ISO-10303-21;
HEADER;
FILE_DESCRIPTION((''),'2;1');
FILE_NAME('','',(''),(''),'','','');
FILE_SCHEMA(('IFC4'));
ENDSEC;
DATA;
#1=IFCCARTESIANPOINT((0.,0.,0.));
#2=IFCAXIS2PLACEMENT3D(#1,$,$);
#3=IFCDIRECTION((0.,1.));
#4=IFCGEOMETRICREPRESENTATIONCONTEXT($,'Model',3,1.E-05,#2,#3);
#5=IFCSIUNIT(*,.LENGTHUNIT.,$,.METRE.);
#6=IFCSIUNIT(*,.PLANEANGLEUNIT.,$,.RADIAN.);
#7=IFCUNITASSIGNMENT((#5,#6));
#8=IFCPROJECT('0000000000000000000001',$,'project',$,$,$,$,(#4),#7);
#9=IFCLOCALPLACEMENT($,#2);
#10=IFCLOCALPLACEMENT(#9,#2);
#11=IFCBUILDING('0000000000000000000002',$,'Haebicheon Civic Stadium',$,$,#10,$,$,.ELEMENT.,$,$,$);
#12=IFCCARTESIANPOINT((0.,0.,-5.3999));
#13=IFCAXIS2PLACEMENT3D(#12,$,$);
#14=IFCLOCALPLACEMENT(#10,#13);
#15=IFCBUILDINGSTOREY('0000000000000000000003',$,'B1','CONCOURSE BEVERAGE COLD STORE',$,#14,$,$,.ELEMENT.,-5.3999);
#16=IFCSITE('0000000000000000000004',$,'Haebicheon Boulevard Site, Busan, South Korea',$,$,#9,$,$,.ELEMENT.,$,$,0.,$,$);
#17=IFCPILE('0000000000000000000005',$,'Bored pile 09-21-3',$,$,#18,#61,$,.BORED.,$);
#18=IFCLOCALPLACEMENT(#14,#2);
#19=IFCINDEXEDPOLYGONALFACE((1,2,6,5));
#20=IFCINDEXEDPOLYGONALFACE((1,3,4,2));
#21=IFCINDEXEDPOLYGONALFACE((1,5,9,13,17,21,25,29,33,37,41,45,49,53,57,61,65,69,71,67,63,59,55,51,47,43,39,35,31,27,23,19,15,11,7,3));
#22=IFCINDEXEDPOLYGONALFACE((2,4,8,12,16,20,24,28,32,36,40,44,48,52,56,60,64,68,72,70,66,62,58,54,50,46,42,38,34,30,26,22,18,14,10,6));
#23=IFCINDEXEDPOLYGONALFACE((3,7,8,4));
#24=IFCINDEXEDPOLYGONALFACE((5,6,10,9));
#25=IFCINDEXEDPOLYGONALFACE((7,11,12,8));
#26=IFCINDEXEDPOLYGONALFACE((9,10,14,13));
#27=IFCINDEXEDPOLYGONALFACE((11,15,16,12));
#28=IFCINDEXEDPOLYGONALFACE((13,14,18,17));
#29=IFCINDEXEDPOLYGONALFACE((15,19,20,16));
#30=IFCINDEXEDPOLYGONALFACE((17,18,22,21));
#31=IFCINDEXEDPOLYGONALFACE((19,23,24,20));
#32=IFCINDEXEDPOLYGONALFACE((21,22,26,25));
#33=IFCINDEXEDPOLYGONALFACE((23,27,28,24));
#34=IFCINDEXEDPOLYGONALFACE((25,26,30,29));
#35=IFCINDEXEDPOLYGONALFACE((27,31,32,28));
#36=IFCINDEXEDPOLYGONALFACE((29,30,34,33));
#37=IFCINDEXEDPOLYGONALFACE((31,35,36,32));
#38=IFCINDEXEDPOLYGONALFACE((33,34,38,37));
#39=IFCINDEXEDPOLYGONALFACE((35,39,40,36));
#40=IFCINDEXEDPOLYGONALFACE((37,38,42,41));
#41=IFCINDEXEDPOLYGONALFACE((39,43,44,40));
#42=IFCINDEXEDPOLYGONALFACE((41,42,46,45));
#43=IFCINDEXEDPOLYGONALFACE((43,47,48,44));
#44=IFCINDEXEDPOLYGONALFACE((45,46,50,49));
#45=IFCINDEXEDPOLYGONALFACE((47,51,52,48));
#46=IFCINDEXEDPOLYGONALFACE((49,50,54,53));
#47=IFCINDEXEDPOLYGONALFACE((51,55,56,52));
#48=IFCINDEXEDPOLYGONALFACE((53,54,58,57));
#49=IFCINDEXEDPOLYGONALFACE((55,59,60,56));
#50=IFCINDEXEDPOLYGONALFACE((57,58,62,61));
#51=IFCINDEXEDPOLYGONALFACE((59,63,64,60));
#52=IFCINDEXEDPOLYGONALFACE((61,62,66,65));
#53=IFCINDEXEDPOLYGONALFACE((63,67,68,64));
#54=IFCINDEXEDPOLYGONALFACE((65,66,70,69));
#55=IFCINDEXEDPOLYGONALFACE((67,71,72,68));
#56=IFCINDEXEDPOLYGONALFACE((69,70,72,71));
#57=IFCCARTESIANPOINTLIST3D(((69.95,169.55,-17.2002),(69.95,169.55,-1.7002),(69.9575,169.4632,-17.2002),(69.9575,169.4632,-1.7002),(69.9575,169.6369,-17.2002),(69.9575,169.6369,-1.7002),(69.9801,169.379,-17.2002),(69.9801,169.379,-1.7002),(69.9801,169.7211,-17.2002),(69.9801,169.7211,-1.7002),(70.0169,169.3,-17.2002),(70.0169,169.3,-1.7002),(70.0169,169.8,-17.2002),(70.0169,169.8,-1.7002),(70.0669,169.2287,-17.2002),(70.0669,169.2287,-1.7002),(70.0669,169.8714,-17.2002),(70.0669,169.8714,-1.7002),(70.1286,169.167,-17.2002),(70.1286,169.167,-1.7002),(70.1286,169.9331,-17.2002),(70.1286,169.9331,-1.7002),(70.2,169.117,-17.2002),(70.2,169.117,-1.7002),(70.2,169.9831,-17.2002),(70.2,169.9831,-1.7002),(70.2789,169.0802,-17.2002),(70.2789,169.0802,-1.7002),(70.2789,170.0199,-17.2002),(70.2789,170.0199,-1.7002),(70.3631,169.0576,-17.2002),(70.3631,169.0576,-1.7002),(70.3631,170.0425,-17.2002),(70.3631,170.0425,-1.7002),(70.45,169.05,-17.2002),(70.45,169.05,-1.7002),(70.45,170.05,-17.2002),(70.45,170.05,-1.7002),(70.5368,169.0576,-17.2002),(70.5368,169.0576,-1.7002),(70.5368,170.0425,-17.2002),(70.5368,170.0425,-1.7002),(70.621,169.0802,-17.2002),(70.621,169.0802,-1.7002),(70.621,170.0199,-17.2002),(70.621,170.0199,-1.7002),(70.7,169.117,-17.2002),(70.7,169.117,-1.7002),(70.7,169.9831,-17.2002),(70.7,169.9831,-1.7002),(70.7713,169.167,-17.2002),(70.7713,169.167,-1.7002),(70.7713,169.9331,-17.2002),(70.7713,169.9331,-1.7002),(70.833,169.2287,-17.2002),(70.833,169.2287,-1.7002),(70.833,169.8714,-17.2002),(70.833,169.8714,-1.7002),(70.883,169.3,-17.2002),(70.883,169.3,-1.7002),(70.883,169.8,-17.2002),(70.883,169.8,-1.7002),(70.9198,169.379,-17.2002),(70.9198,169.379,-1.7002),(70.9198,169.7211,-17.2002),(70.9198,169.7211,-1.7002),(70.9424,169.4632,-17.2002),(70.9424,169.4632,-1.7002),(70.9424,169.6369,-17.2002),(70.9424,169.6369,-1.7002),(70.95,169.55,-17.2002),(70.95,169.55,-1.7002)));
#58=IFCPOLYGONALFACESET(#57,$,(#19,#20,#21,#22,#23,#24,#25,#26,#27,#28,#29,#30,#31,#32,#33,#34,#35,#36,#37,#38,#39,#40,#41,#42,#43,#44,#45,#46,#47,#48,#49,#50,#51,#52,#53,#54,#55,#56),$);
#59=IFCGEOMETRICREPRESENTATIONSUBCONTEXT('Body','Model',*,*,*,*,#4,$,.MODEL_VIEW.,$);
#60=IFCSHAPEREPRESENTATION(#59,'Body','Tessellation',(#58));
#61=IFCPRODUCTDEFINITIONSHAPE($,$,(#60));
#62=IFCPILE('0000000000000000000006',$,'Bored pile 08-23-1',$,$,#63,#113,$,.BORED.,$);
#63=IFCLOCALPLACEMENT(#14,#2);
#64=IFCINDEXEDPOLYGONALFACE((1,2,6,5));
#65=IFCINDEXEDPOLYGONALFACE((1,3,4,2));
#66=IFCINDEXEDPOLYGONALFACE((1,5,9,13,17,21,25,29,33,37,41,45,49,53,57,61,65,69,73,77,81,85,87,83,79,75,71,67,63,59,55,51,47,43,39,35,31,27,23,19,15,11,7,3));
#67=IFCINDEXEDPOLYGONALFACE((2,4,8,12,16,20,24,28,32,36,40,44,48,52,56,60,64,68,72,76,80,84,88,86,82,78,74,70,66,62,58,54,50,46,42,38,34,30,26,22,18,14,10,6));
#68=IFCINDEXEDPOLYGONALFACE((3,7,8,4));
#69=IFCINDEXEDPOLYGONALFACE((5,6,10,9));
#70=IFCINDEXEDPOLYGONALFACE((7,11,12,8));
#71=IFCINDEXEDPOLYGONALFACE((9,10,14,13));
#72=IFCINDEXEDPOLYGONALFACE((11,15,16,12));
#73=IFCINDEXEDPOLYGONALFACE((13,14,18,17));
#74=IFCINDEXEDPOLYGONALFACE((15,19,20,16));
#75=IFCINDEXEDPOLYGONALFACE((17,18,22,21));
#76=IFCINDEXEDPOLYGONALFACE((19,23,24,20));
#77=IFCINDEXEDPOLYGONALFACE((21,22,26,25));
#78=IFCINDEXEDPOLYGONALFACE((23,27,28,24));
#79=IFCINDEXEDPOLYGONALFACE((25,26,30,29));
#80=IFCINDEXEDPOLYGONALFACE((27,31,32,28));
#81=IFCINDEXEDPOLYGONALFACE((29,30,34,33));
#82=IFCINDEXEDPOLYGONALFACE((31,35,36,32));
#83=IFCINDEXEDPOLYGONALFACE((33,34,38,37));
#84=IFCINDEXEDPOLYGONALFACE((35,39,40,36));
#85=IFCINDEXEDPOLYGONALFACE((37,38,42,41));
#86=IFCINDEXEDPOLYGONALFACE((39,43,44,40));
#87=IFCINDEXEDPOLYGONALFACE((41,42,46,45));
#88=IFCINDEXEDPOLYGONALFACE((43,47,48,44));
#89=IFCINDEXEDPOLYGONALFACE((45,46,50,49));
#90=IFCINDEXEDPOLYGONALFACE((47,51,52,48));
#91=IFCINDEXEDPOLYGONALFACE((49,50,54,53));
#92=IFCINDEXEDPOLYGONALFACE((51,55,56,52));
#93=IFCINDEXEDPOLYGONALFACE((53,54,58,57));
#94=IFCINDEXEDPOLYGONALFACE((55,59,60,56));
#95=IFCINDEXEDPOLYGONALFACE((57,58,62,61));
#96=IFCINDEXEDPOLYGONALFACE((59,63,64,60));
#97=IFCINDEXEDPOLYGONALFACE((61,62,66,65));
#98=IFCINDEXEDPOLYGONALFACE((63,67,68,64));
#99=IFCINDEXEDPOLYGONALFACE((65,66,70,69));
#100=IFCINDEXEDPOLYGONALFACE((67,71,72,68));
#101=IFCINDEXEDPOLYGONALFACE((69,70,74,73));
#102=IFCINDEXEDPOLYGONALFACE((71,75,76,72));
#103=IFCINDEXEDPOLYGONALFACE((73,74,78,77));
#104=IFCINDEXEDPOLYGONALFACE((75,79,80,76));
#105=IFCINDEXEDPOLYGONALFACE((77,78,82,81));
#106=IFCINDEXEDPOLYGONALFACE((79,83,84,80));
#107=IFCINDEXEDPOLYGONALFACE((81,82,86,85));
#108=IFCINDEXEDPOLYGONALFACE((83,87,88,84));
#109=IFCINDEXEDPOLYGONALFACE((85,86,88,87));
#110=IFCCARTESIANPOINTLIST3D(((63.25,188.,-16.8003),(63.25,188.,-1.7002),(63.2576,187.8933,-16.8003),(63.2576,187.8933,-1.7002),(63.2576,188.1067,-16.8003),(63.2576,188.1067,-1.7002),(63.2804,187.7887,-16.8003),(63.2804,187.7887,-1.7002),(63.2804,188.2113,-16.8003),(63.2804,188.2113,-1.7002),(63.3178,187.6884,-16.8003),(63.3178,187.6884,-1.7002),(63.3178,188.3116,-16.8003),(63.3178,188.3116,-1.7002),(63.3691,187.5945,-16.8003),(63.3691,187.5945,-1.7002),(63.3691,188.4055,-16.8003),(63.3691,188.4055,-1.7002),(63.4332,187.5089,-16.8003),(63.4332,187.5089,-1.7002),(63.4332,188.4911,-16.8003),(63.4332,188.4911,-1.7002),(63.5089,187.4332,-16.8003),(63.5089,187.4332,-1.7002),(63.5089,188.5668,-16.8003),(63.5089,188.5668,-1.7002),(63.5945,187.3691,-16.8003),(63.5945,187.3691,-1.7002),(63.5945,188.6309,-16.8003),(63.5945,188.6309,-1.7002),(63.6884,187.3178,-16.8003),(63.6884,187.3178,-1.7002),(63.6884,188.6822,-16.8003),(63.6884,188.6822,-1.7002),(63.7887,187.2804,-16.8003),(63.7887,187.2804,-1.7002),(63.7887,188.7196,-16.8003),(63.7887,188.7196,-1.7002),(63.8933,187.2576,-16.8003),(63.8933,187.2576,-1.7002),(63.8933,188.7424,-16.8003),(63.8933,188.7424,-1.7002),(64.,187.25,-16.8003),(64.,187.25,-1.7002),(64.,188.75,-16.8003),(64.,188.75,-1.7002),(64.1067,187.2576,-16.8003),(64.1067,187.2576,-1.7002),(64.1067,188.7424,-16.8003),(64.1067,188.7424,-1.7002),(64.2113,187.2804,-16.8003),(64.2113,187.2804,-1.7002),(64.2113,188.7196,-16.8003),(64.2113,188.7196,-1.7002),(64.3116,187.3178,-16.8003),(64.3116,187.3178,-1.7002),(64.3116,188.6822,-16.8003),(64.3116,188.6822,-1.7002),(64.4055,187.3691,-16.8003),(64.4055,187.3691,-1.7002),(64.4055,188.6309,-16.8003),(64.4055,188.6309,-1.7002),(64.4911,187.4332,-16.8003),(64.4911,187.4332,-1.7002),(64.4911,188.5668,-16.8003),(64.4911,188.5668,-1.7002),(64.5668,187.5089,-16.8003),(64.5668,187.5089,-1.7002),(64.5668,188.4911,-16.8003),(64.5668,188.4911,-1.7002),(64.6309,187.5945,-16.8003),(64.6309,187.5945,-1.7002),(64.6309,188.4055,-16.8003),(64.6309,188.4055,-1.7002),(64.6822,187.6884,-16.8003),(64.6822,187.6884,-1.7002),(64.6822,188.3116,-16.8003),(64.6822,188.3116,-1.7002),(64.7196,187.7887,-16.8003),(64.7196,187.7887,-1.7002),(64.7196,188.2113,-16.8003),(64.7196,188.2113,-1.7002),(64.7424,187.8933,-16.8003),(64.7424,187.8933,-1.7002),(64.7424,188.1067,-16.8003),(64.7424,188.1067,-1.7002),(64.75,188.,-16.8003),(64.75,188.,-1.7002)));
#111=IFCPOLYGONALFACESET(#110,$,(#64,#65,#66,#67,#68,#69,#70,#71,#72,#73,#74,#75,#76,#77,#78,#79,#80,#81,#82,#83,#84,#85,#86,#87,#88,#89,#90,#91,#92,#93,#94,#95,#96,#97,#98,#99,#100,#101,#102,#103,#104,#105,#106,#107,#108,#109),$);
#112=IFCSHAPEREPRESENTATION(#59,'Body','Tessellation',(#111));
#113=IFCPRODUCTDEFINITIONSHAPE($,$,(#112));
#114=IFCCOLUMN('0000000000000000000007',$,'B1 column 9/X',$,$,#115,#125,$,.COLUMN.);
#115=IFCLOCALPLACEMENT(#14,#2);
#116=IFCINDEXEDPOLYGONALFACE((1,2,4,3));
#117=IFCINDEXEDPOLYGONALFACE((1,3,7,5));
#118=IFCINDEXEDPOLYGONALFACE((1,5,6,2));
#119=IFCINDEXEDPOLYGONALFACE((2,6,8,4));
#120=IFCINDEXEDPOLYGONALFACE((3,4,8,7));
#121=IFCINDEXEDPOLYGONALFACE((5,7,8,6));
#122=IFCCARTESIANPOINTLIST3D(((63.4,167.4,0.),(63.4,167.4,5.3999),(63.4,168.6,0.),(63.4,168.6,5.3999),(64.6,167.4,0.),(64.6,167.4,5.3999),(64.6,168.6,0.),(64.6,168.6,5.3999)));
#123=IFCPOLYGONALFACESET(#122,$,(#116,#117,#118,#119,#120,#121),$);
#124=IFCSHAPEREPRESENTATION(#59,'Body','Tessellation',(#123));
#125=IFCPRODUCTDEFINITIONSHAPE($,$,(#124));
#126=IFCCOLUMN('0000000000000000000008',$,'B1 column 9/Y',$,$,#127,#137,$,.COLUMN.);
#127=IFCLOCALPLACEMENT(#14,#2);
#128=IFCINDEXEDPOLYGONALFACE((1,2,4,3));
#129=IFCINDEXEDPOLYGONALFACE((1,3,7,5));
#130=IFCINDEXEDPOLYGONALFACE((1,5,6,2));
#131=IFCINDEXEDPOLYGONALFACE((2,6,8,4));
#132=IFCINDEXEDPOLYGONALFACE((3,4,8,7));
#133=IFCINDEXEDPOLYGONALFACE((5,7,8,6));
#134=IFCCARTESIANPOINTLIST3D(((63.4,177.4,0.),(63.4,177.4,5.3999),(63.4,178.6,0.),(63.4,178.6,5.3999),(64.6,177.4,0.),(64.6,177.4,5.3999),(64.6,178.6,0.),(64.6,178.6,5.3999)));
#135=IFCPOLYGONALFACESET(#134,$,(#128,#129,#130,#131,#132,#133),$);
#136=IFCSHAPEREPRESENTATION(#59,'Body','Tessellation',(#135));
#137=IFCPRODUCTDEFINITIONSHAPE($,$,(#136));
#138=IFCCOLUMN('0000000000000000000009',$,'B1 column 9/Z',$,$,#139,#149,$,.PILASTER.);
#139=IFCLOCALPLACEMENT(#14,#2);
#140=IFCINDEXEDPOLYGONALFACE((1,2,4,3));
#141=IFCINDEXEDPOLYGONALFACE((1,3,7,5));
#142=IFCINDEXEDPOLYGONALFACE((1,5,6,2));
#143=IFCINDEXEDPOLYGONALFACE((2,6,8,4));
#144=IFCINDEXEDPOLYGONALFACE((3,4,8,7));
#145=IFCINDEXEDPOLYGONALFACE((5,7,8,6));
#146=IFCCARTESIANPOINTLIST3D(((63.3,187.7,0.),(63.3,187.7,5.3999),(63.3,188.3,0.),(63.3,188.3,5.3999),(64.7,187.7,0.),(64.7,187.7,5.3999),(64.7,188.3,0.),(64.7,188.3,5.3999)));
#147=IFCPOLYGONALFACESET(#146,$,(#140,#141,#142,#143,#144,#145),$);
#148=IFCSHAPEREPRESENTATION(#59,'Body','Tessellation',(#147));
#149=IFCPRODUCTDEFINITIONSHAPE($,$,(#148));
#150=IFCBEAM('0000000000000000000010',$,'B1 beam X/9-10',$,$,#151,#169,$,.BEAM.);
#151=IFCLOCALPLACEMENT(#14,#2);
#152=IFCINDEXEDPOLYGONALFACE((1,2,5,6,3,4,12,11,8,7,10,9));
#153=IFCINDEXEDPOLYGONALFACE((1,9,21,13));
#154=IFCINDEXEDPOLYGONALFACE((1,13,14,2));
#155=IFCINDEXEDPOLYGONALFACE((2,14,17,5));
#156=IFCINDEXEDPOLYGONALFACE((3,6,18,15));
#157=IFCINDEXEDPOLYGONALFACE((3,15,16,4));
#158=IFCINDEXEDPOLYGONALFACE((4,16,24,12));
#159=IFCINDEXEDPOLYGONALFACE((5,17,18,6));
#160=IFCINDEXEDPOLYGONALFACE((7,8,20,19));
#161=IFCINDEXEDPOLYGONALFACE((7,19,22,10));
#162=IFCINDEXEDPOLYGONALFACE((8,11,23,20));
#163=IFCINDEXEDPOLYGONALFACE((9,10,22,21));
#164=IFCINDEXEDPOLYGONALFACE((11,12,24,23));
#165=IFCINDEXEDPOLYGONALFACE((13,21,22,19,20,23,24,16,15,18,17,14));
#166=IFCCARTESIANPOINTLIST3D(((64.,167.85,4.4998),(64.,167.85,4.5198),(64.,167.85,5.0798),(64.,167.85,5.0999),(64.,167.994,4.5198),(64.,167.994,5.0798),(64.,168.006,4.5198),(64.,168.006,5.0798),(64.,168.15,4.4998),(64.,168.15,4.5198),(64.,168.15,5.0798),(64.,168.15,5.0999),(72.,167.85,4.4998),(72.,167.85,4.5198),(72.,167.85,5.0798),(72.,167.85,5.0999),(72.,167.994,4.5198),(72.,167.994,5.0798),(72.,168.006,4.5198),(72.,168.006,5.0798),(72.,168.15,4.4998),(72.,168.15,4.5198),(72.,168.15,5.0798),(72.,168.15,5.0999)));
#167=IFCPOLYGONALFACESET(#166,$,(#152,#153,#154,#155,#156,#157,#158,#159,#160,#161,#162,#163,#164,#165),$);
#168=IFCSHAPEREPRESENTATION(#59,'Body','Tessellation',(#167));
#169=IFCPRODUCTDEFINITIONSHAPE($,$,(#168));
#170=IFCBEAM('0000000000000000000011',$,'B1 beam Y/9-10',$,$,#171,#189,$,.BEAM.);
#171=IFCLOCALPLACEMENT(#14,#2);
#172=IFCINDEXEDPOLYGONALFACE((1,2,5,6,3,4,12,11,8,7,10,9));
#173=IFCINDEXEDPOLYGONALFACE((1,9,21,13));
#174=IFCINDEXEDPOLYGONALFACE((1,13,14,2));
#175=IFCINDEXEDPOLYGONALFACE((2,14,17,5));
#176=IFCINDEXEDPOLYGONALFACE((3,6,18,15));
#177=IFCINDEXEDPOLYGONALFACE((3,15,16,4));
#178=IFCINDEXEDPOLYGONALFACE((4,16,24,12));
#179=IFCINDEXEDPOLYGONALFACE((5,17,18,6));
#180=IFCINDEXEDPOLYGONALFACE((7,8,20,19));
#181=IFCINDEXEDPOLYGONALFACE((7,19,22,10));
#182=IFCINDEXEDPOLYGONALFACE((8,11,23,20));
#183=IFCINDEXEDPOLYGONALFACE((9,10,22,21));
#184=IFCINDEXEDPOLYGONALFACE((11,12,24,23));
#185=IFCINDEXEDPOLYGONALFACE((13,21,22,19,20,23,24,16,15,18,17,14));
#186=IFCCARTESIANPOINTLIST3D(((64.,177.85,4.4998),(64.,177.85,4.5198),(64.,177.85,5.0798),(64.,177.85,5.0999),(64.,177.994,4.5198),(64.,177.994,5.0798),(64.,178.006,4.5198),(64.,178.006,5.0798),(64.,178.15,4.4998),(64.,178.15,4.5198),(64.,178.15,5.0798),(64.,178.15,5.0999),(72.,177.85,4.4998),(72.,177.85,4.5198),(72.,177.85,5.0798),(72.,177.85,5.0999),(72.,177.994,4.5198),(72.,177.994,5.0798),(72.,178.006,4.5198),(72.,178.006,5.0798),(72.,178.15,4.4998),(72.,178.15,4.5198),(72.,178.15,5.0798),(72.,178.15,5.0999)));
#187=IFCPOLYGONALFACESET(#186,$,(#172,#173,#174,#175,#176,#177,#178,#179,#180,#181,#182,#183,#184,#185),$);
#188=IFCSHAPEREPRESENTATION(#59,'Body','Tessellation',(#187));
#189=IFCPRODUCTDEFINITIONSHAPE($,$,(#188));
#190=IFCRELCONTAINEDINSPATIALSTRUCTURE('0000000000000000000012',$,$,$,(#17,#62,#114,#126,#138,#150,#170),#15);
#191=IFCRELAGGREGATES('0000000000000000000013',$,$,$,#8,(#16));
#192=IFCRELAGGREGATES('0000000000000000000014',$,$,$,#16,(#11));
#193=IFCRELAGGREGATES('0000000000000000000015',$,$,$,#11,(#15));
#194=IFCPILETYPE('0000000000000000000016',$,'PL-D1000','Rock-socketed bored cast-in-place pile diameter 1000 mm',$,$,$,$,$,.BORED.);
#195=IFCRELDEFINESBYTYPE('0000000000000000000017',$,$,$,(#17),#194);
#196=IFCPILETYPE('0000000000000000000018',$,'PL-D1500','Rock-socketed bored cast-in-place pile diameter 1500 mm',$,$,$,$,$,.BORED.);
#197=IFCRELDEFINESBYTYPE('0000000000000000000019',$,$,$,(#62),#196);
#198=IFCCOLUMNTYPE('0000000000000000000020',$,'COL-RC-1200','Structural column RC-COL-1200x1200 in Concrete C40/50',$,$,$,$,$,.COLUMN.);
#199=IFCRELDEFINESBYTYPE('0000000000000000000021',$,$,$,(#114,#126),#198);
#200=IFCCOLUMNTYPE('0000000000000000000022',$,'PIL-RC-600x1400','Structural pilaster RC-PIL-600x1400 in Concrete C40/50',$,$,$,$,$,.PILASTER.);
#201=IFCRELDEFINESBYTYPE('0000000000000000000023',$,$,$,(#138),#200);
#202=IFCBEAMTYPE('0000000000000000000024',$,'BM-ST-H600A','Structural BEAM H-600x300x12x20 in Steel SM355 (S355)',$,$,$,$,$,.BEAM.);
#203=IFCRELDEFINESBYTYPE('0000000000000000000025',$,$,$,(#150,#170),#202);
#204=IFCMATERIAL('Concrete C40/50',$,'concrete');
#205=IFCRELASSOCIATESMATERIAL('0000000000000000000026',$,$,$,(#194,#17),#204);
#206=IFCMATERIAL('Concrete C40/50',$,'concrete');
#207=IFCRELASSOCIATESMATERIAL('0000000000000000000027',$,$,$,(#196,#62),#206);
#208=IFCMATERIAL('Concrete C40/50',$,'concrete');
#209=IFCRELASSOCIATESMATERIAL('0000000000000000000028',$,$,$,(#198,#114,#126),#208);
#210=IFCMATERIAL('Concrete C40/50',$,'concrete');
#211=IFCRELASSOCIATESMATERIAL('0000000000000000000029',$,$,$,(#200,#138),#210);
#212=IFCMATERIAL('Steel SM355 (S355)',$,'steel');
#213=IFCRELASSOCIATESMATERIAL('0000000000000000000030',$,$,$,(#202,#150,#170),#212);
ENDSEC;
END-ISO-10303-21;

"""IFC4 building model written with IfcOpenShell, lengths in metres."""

from ifc_helpers import new_model, si_unit, direction, frame, origin, origin_2d, place, context, subcontext, project, spatial, rectangle, circle, i_section, extrude, material, material_profile, profile_set, type_object, element, save


model = new_model("IFC4")

# Units and contexts
model_context = context("Model", 3, precision=1e-05, world=origin(), true_north=direction((0.0, 1.0)))
body_context = subcontext(model_context, "Body", "Model", "MODEL_VIEW")
ifc_project = project(units=[si_unit("LENGTHUNIT", "METRE"), si_unit("PLANEANGLEUNIT", "RADIAN")], contexts=[model_context])

# Site, building, storey
site_placement = place(None, origin())
site = spatial("IfcSite", under=ifc_project, at=site_placement, Name="Haebicheon Boulevard Site, Busan, South Korea", CompositionType="ELEMENT", RefElevation=0.0)
building_placement = place(site_placement, origin())
building = spatial("IfcBuilding", under=site, at=building_placement, Name="Haebicheon Civic Stadium", CompositionType="ELEMENT")
storey_placement = place(building_placement, frame((0.0, 0.0, -5.3999)))
storey = spatial("IfcBuildingStorey", under=building, at=storey_placement, Name="B1", Description="CONCOURSE BEVERAGE COLD STORE", CompositionType="ELEMENT", Elevation=-5.3999)

# Piles
ifc_material_1 = material(Name="Concrete C40/50", Category="concrete")
ifc_material_profile_1 = material_profile(ifc_material_1, circle(Radius=0.5, at=origin_2d()), Name="PILE-D1000")
ifc_profile_set_1 = profile_set([ifc_material_profile_1], Name="Concrete C40/50")
pile_type_1 = type_object("IfcPileType", Name="PL-D1000", Description="Rock-socketed bored cast-in-place pile diameter 1000 mm", PredefinedType="BORED", material=ifc_profile_set_1)
pile_1_placement = place(storey_placement, frame((70.45, 169.55, -1.7002), z_axis=(0.0, 0.0, -1.0), x_axis=(1.0, 0.0, 0.0)))
element("IfcPile", 1, at=pile_1_placement, inside=storey, type_object=pile_type_1, material=ifc_profile_set_1, Name="Bored pile 09-21-3", PredefinedType="BORED", context=body_context, shape_type="SweptSolid", body=[
    extrude(circle(Radius=0.5, at=origin_2d()), origin(), (0.0, 0.0, 1.0), 15.5),
])
ifc_material_2 = material(Name="Concrete C40/50", Category="concrete")
ifc_material_profile_2 = material_profile(ifc_material_2, circle(Radius=0.75, at=origin_2d()), Name="PILE-D1500")
ifc_profile_set_2 = profile_set([ifc_material_profile_2], Name="Concrete C40/50")
pile_type_2 = type_object("IfcPileType", Name="PL-D1500", Description="Rock-socketed bored cast-in-place pile diameter 1500 mm", PredefinedType="BORED", material=ifc_profile_set_2)
pile_2_placement = place(storey_placement, frame((64.0, 188.0, -1.7002), z_axis=(0.0, 0.0, -1.0), x_axis=(1.0, 0.0, 0.0)))
element("IfcPile", 2, at=pile_2_placement, inside=storey, type_object=pile_type_2, material=ifc_profile_set_2, Name="Bored pile 08-23-1", PredefinedType="BORED", context=body_context, shape_type="SweptSolid", body=[
    extrude(circle(Radius=0.75, at=origin_2d()), origin(), (0.0, 0.0, 1.0), 15.1001),
])

# Columns
ifc_material_3 = material(Name="Concrete C40/50", Category="concrete")
ifc_material_profile_3 = material_profile(ifc_material_3, rectangle(XDim=1.2, YDim=1.2, at=origin_2d()), Name="RC-COL-1200x1200")
ifc_profile_set_3 = profile_set([ifc_material_profile_3], Name="Concrete C40/50")
column_type_1 = type_object("IfcColumnType", Name="COL-RC-1200", Description="Structural column RC-COL-1200x1200 in Concrete C40/50", PredefinedType="COLUMN", material=ifc_profile_set_3)
for number, where, z_axis, x_axis, name in (
    (3, (64.0, 168.0, 0.0), (0.0, 0.0, 1.0), (1.0, 0.0, 0.0), "B1 column 9/X"),
    (4, (64.0, 178.0, 0.0), (0.0, 0.0, 1.0), (1.0, 0.0, 0.0), "B1 column 9/Y"),
):
    element("IfcColumn", number, at=place(storey_placement, frame(where, z_axis=z_axis, x_axis=x_axis)), inside=storey, type_object=column_type_1, material=ifc_profile_set_3, Name=name, PredefinedType="COLUMN", context=body_context, shape_type="SweptSolid", body=[
        extrude(rectangle(XDim=1.2, YDim=1.2, at=origin_2d()), origin(), (0.0, 0.0, 1.0), 5.3999),
    ])
ifc_material_4 = material(Name="Concrete C40/50", Category="concrete")
ifc_material_profile_4 = material_profile(ifc_material_4, rectangle(XDim=0.6001, YDim=1.3999, at=origin_2d()), Name="RC-PIL-600x1400")
ifc_profile_set_4 = profile_set([ifc_material_profile_4], Name="Concrete C40/50")
column_type_2 = type_object("IfcColumnType", Name="PIL-RC-600x1400", Description="Structural pilaster RC-PIL-600x1400 in Concrete C40/50", PredefinedType="PILASTER", material=ifc_profile_set_4)
column_placement = place(storey_placement, frame((64.0, 188.0, 0.0), z_axis=(0.0, 0.0, 1.0), x_axis=(0.0, 1.0, 0.0)))
element("IfcColumn", 5, at=column_placement, inside=storey, type_object=column_type_2, material=ifc_profile_set_4, Name="B1 column 9/Z", PredefinedType="PILASTER", context=body_context, shape_type="SweptSolid", body=[
    extrude(rectangle(XDim=0.6001, YDim=1.3999, at=origin_2d()), origin(), (0.0, 0.0, 1.0), 5.3999),
])

# Beams
ifc_material_5 = material(Name="Steel SM355 (S355)", Category="steel")
ifc_material_profile_5 = material_profile(ifc_material_5, i_section(OverallWidth=0.3, OverallDepth=0.6001, WebThickness=0.012, FlangeThickness=0.02, at=origin_2d()), Name="H-600x300x12x20")
ifc_profile_set_5 = profile_set([ifc_material_profile_5], Name="Steel SM355 (S355)")
beam_type_1 = type_object("IfcBeamType", Name="BM-ST-H600A", Description="Structural BEAM H-600x300x12x20 in Steel SM355 (S355)", PredefinedType="BEAM", material=ifc_profile_set_5)
for number, where, z_axis, x_axis, name in (
    (6, (64.0, 168.0, 4.7998), (1.0, 0.0, 0.0), (0.0, 1.0, 0.0), "B1 beam X/9-10"),
    (7, (64.0, 178.0, 4.7998), (1.0, 0.0, 0.0), (0.0, 1.0, 0.0), "B1 beam Y/9-10"),
):
    element("IfcBeam", number, at=place(storey_placement, frame(where, z_axis=z_axis, x_axis=x_axis)), inside=storey, type_object=beam_type_1, material=ifc_profile_set_5, Name=name, PredefinedType="BEAM", context=body_context, shape_type="SweptSolid", body=[
        extrude(i_section(OverallWidth=0.3, OverallDepth=0.6001, WebThickness=0.012, FlangeThickness=0.02, at=origin_2d()), origin(), (0.0, 0.0, 1.0), 8.0),
    ])

save(model, "model.ifc")
